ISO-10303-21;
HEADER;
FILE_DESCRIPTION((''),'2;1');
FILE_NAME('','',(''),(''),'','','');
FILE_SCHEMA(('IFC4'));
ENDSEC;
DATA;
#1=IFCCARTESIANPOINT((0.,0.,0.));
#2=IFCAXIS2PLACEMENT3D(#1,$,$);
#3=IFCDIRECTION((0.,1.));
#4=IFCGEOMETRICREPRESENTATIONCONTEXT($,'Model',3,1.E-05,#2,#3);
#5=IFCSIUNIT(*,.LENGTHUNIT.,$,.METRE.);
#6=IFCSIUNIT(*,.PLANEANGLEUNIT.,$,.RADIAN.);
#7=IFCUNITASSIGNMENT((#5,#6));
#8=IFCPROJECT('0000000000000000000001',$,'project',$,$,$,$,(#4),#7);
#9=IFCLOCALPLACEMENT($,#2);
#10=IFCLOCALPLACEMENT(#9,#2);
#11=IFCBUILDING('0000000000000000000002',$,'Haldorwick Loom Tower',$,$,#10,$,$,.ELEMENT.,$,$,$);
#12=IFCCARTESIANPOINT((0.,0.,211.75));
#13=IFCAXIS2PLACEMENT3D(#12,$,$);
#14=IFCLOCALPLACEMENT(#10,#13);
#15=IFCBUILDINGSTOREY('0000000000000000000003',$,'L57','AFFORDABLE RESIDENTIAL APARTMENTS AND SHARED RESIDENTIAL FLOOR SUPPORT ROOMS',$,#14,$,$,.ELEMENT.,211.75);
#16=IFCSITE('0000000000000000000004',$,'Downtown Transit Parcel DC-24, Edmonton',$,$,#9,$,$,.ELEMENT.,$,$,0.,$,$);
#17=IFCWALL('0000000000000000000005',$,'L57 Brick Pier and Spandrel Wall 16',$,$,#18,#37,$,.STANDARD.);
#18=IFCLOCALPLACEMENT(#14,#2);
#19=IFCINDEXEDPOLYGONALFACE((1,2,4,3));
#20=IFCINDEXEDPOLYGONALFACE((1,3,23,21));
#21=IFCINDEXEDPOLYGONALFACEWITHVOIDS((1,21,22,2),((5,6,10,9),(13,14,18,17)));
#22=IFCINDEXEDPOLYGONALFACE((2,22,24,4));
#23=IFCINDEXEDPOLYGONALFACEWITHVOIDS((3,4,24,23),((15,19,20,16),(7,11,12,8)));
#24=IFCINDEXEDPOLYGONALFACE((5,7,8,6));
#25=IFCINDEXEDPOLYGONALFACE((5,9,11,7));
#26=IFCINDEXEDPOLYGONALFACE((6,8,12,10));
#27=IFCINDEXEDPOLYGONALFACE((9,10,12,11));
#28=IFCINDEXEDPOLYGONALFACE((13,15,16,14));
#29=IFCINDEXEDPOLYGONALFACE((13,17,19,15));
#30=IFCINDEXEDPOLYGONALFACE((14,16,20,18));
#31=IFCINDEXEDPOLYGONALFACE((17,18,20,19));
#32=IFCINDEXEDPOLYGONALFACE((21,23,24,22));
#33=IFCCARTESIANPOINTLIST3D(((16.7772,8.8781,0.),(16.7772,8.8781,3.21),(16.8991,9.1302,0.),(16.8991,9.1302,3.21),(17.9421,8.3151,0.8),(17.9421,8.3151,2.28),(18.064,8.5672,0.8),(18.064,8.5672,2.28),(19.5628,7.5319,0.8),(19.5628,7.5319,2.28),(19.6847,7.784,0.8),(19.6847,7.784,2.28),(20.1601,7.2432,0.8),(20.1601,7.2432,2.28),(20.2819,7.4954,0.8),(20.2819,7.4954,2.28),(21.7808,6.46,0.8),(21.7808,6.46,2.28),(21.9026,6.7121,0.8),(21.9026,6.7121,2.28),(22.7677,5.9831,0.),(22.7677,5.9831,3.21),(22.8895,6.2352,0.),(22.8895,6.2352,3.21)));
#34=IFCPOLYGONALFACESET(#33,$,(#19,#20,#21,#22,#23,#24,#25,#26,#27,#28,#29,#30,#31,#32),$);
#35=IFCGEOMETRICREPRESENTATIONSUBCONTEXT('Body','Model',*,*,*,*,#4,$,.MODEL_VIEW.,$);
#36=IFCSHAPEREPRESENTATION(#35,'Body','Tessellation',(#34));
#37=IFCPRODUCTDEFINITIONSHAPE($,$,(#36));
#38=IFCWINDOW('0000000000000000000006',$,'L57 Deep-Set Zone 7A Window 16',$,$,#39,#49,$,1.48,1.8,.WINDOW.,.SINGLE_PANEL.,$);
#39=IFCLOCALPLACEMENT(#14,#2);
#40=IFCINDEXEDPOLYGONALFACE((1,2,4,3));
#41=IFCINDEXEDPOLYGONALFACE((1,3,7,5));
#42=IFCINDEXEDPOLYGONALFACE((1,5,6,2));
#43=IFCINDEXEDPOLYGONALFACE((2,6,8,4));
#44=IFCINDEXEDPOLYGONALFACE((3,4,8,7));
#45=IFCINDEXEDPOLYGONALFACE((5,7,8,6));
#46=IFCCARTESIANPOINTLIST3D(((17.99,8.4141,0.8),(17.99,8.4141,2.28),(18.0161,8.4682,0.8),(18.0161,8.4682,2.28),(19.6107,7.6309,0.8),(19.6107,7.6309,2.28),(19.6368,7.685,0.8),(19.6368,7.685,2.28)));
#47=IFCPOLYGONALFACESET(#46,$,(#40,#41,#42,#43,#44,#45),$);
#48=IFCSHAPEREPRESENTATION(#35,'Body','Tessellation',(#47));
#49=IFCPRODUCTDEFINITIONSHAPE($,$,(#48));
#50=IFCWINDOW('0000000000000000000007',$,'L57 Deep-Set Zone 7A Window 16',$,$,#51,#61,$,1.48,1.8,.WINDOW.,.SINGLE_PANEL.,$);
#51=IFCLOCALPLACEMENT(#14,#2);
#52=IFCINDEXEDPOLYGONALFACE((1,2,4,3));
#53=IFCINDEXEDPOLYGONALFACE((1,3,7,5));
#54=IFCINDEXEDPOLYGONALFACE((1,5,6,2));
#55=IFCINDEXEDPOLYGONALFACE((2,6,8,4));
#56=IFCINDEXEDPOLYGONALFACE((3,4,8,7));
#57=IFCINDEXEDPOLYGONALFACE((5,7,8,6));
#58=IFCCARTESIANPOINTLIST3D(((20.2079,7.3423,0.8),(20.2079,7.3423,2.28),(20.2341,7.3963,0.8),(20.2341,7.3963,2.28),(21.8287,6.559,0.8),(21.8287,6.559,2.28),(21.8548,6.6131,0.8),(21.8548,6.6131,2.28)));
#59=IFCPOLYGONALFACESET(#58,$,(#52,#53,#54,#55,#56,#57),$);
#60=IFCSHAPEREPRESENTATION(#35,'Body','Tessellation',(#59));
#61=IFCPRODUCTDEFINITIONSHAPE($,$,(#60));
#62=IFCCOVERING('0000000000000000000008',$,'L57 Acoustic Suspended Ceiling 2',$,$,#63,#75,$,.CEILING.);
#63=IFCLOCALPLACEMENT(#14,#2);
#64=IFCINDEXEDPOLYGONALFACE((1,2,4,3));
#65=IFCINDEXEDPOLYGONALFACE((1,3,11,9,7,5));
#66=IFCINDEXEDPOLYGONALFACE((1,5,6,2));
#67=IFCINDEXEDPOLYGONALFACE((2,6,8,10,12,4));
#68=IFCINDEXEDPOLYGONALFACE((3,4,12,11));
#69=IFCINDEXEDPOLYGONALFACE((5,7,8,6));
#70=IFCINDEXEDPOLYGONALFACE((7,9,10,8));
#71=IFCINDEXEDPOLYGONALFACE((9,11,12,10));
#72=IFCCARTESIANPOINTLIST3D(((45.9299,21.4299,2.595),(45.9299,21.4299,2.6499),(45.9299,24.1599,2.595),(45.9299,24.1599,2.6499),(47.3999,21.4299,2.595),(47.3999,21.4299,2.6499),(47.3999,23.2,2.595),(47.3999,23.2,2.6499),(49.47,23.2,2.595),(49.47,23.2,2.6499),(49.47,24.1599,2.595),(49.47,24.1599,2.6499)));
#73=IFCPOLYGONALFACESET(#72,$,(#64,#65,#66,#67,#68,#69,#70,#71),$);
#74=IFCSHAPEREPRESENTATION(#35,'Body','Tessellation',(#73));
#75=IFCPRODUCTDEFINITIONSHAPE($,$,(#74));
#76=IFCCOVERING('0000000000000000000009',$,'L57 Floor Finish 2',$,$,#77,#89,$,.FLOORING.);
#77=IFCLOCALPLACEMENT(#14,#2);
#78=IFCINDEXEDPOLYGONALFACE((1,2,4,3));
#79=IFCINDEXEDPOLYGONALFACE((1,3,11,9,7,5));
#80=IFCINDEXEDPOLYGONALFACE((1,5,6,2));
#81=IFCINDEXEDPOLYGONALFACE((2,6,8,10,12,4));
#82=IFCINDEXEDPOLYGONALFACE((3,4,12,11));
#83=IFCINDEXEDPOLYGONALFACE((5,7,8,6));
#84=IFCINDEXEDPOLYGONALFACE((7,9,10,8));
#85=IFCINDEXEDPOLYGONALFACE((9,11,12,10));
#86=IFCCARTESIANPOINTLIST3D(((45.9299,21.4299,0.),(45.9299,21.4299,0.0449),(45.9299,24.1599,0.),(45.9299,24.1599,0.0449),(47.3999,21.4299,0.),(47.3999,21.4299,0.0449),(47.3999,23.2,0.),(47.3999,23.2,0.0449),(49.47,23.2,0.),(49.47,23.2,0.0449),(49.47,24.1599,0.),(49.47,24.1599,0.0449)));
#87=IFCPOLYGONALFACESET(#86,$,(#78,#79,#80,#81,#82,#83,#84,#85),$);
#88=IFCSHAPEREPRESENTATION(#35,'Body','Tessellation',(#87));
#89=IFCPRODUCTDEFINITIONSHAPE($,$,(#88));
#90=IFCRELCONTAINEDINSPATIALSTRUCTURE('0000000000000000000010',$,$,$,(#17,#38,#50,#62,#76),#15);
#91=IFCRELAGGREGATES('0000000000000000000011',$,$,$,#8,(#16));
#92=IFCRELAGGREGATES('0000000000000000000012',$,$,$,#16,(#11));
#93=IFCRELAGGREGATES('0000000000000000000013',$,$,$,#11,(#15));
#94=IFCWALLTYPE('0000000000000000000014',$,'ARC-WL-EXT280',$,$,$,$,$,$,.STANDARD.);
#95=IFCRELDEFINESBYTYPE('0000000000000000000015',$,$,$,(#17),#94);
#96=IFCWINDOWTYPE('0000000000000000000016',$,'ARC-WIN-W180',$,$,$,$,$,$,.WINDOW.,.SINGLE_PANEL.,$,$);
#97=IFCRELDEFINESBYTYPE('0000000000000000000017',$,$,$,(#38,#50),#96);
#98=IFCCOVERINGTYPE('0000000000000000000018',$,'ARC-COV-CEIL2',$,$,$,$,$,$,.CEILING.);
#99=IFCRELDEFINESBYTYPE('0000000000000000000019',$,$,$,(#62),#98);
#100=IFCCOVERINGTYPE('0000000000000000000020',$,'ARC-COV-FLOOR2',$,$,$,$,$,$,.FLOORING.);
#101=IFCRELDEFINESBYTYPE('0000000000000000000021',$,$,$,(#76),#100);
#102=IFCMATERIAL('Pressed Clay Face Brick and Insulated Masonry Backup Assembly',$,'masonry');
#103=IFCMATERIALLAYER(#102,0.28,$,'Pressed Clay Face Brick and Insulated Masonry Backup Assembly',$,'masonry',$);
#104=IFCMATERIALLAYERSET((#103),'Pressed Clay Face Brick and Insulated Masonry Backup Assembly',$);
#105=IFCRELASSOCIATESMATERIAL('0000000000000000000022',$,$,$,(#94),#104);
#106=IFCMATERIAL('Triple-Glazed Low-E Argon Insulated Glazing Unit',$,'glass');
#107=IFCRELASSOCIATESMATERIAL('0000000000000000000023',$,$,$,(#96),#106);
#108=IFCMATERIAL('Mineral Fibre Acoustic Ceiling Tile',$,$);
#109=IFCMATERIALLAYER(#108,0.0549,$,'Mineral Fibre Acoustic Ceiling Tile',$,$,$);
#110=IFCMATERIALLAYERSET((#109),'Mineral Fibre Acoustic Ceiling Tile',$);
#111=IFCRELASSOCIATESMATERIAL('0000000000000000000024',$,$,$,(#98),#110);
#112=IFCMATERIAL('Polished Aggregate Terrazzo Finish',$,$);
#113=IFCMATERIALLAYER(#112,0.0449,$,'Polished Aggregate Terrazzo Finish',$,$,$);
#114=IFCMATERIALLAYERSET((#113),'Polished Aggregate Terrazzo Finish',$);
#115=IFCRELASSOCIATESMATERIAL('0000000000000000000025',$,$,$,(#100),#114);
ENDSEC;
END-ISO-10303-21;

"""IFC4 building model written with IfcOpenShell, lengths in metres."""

from ifc_helpers import new_model, si_unit, direction, frame, frame_2d, origin, place, context, subcontext, project, spatial, polyline, rectangle, outline, extrude, material, layer, layer_set, type_object, element, fill, save


model = new_model("IFC4")

# Units and contexts
model_context = context("Model", 3, precision=1e-05, world=origin(), true_north=direction((0.0, 1.0)))
body_context = subcontext(model_context, "Body", "Model", "MODEL_VIEW")
ifc_project = project(units=[si_unit("LENGTHUNIT", "METRE"), si_unit("PLANEANGLEUNIT", "RADIAN")], contexts=[model_context])

# Site, building, storey
site_placement = place(None, origin())
site = spatial("IfcSite", under=ifc_project, at=site_placement, Name="Downtown Transit Parcel DC-24, Edmonton", CompositionType="ELEMENT", RefElevation=0.0)
building_placement = place(site_placement, origin())
building = spatial("IfcBuilding", under=site, at=building_placement, Name="Haldorwick Loom Tower", CompositionType="ELEMENT")
storey_placement = place(building_placement, frame((0.0, 0.0, 211.75)))
storey = spatial("IfcBuildingStorey", under=building, at=storey_placement, Name="L57", Description="AFFORDABLE RESIDENTIAL APARTMENTS AND SHARED RESIDENTIAL FLOOR SUPPORT ROOMS", CompositionType="ELEMENT", Elevation=211.75)

# Shared definitions
ifc_material_1 = material(Name="Pressed Clay Face Brick and Insulated Masonry Backup Assembly", Category="masonry")
ifc_layer_1 = layer(ifc_material_1, 0.28, Name="Pressed Clay Face Brick and Insulated Masonry Backup Assembly", Category="masonry")
ifc_layer_set_1 = layer_set([ifc_layer_1], Name="Pressed Clay Face Brick and Insulated Masonry Backup Assembly")
wall_type = type_object("IfcWallType", Name="ARC-WL-EXT280", PredefinedType="STANDARD", material=ifc_layer_set_1)

# Wall, openings, windows
wall_1_placement = place(storey_placement, frame((16.8381, 9.0042, 0.0), z_axis=(0.0, 0.0, 1.0), x_axis=(0.900371, -0.435123, 0.0)))
wall_1 = element("IfcWall", 1, at=wall_1_placement, inside=storey, type_object=wall_type, Name="L57 Brick Pier and Spandrel Wall 16", PredefinedType="STANDARD", context=body_context, shape_type="SweptSolid", body=[
    extrude(rectangle(XDim=6.6533, YDim=0.28, at=frame_2d((3.3267, 0.0))), origin(), (0.0, 0.0, 1.0), 3.21),
])
opening_1_placement = place(wall_1_placement, frame((1.2939, 0.0, 0.8)))
opening_1 = element("IfcOpeningElement", 2, at=opening_1_placement, cuts=wall_1, PredefinedType="OPENING", context=body_context, shape_type="SweptSolid", body=[
    extrude(rectangle(XDim=1.8, YDim=1.48, at=frame_2d((0.8999, 0.74))), frame((0.0, 0.1499, 0.0), z_axis=(0.0, -1.0, 0.0), x_axis=(1.0, 0.0, 0.0)), (0.0, 0.0, 1.0), 0.3),
])
opening_2_placement = place(wall_1_placement, frame((3.7573, 0.0, 0.8)))
opening_2 = element("IfcOpeningElement", 3, at=opening_2_placement, cuts=wall_1, PredefinedType="OPENING", context=body_context, shape_type="SweptSolid", body=[
    extrude(rectangle(XDim=1.8, YDim=1.48, at=frame_2d((0.8999, 0.74))), frame((0.0, 0.1499, 0.0), z_axis=(0.0, -1.0, 0.0), x_axis=(1.0, 0.0, 0.0)), (0.0, 0.0, 1.0), 0.3),
])
ifc_material_2 = material(Name="Triple-Glazed Low-E Argon Insulated Glazing Unit", Category="glass")
window_type = type_object("IfcWindowType", Name="ARC-WIN-W180", PartitioningType="SINGLE_PANEL", PredefinedType="WINDOW", material=ifc_material_2)
window_1_placement = place(opening_1_placement, origin())
window_1 = element("IfcWindow", 4, at=window_1_placement, inside=storey, type_object=window_type, Name="L57 Deep-Set Zone 7A Window 16", OverallHeight=1.48, OverallWidth=1.8, PartitioningType="SINGLE_PANEL", PredefinedType="WINDOW", context=body_context, shape_type="SweptSolid", body=[
    extrude(rectangle(XDim=1.8, YDim=1.48, at=frame_2d((0.8999, 0.74))), frame((0.0, 0.03, 0.0), z_axis=(0.0, -1.0, 0.0), x_axis=(1.0, 0.0, 0.0)), (0.0, 0.0, 1.0), 0.0601),
])
fill(opening_1, window_1)
window_2_placement = place(opening_2_placement, origin())
window_2 = element("IfcWindow", 5, at=window_2_placement, inside=storey, type_object=window_type, Name="L57 Deep-Set Zone 7A Window 16", OverallHeight=1.48, OverallWidth=1.8, PartitioningType="SINGLE_PANEL", PredefinedType="WINDOW", context=body_context, shape_type="SweptSolid", body=[
    extrude(rectangle(XDim=1.8, YDim=1.48, at=frame_2d((0.8999, 0.74))), frame((0.0, 0.03, 0.0), z_axis=(0.0, -1.0, 0.0), x_axis=(1.0, 0.0, 0.0)), (0.0, 0.0, 1.0), 0.0601),
])
fill(opening_2, window_2)

# Coverings
ifc_material_3 = material(Name="Mineral Fibre Acoustic Ceiling Tile")
ifc_layer_2 = layer(ifc_material_3, 0.0549, Name="Mineral Fibre Acoustic Ceiling Tile")
ifc_layer_set_2 = layer_set([ifc_layer_2], Name="Mineral Fibre Acoustic Ceiling Tile")
covering_type_1 = type_object("IfcCoveringType", Name="ARC-COV-CEIL2", PredefinedType="CEILING", material=ifc_layer_set_2)
covering_1_placement = place(storey_placement, frame((0.0, 0.0, 2.595)))
element("IfcCovering", 6, at=covering_1_placement, inside=storey, type_object=covering_type_1, Name="L57 Acoustic Suspended Ceiling 2", PredefinedType="CEILING", context=body_context, shape_type="SweptSolid", body=[
    extrude(outline(polyline([(45.9299, 24.1599), (45.9299, 21.4299), (47.3999, 21.4299), (47.3999, 23.2), (49.47, 23.2), (49.47, 24.1599), (45.9299, 24.1599)])), origin(), (0.0, 0.0, 1.0), 0.0549),
])
ifc_material_4 = material(Name="Polished Aggregate Terrazzo Finish")
ifc_layer_3 = layer(ifc_material_4, 0.0449, Name="Polished Aggregate Terrazzo Finish")
ifc_layer_set_3 = layer_set([ifc_layer_3], Name="Polished Aggregate Terrazzo Finish")
covering_type_2 = type_object("IfcCoveringType", Name="ARC-COV-FLOOR2", PredefinedType="FLOORING", material=ifc_layer_set_3)
covering_2_placement = place(storey_placement, origin())
element("IfcCovering", 7, at=covering_2_placement, inside=storey, type_object=covering_type_2, Name="L57 Floor Finish 2", PredefinedType="FLOORING", context=body_context, shape_type="SweptSolid", body=[
    extrude(outline(polyline([(45.9299, 24.1599), (45.9299, 21.4299), (47.3999, 21.4299), (47.3999, 23.2), (49.47, 23.2), (49.47, 24.1599), (45.9299, 24.1599)])), origin(), (0.0, 0.0, 1.0), 0.0449),
])

save(model, "model.ifc")
